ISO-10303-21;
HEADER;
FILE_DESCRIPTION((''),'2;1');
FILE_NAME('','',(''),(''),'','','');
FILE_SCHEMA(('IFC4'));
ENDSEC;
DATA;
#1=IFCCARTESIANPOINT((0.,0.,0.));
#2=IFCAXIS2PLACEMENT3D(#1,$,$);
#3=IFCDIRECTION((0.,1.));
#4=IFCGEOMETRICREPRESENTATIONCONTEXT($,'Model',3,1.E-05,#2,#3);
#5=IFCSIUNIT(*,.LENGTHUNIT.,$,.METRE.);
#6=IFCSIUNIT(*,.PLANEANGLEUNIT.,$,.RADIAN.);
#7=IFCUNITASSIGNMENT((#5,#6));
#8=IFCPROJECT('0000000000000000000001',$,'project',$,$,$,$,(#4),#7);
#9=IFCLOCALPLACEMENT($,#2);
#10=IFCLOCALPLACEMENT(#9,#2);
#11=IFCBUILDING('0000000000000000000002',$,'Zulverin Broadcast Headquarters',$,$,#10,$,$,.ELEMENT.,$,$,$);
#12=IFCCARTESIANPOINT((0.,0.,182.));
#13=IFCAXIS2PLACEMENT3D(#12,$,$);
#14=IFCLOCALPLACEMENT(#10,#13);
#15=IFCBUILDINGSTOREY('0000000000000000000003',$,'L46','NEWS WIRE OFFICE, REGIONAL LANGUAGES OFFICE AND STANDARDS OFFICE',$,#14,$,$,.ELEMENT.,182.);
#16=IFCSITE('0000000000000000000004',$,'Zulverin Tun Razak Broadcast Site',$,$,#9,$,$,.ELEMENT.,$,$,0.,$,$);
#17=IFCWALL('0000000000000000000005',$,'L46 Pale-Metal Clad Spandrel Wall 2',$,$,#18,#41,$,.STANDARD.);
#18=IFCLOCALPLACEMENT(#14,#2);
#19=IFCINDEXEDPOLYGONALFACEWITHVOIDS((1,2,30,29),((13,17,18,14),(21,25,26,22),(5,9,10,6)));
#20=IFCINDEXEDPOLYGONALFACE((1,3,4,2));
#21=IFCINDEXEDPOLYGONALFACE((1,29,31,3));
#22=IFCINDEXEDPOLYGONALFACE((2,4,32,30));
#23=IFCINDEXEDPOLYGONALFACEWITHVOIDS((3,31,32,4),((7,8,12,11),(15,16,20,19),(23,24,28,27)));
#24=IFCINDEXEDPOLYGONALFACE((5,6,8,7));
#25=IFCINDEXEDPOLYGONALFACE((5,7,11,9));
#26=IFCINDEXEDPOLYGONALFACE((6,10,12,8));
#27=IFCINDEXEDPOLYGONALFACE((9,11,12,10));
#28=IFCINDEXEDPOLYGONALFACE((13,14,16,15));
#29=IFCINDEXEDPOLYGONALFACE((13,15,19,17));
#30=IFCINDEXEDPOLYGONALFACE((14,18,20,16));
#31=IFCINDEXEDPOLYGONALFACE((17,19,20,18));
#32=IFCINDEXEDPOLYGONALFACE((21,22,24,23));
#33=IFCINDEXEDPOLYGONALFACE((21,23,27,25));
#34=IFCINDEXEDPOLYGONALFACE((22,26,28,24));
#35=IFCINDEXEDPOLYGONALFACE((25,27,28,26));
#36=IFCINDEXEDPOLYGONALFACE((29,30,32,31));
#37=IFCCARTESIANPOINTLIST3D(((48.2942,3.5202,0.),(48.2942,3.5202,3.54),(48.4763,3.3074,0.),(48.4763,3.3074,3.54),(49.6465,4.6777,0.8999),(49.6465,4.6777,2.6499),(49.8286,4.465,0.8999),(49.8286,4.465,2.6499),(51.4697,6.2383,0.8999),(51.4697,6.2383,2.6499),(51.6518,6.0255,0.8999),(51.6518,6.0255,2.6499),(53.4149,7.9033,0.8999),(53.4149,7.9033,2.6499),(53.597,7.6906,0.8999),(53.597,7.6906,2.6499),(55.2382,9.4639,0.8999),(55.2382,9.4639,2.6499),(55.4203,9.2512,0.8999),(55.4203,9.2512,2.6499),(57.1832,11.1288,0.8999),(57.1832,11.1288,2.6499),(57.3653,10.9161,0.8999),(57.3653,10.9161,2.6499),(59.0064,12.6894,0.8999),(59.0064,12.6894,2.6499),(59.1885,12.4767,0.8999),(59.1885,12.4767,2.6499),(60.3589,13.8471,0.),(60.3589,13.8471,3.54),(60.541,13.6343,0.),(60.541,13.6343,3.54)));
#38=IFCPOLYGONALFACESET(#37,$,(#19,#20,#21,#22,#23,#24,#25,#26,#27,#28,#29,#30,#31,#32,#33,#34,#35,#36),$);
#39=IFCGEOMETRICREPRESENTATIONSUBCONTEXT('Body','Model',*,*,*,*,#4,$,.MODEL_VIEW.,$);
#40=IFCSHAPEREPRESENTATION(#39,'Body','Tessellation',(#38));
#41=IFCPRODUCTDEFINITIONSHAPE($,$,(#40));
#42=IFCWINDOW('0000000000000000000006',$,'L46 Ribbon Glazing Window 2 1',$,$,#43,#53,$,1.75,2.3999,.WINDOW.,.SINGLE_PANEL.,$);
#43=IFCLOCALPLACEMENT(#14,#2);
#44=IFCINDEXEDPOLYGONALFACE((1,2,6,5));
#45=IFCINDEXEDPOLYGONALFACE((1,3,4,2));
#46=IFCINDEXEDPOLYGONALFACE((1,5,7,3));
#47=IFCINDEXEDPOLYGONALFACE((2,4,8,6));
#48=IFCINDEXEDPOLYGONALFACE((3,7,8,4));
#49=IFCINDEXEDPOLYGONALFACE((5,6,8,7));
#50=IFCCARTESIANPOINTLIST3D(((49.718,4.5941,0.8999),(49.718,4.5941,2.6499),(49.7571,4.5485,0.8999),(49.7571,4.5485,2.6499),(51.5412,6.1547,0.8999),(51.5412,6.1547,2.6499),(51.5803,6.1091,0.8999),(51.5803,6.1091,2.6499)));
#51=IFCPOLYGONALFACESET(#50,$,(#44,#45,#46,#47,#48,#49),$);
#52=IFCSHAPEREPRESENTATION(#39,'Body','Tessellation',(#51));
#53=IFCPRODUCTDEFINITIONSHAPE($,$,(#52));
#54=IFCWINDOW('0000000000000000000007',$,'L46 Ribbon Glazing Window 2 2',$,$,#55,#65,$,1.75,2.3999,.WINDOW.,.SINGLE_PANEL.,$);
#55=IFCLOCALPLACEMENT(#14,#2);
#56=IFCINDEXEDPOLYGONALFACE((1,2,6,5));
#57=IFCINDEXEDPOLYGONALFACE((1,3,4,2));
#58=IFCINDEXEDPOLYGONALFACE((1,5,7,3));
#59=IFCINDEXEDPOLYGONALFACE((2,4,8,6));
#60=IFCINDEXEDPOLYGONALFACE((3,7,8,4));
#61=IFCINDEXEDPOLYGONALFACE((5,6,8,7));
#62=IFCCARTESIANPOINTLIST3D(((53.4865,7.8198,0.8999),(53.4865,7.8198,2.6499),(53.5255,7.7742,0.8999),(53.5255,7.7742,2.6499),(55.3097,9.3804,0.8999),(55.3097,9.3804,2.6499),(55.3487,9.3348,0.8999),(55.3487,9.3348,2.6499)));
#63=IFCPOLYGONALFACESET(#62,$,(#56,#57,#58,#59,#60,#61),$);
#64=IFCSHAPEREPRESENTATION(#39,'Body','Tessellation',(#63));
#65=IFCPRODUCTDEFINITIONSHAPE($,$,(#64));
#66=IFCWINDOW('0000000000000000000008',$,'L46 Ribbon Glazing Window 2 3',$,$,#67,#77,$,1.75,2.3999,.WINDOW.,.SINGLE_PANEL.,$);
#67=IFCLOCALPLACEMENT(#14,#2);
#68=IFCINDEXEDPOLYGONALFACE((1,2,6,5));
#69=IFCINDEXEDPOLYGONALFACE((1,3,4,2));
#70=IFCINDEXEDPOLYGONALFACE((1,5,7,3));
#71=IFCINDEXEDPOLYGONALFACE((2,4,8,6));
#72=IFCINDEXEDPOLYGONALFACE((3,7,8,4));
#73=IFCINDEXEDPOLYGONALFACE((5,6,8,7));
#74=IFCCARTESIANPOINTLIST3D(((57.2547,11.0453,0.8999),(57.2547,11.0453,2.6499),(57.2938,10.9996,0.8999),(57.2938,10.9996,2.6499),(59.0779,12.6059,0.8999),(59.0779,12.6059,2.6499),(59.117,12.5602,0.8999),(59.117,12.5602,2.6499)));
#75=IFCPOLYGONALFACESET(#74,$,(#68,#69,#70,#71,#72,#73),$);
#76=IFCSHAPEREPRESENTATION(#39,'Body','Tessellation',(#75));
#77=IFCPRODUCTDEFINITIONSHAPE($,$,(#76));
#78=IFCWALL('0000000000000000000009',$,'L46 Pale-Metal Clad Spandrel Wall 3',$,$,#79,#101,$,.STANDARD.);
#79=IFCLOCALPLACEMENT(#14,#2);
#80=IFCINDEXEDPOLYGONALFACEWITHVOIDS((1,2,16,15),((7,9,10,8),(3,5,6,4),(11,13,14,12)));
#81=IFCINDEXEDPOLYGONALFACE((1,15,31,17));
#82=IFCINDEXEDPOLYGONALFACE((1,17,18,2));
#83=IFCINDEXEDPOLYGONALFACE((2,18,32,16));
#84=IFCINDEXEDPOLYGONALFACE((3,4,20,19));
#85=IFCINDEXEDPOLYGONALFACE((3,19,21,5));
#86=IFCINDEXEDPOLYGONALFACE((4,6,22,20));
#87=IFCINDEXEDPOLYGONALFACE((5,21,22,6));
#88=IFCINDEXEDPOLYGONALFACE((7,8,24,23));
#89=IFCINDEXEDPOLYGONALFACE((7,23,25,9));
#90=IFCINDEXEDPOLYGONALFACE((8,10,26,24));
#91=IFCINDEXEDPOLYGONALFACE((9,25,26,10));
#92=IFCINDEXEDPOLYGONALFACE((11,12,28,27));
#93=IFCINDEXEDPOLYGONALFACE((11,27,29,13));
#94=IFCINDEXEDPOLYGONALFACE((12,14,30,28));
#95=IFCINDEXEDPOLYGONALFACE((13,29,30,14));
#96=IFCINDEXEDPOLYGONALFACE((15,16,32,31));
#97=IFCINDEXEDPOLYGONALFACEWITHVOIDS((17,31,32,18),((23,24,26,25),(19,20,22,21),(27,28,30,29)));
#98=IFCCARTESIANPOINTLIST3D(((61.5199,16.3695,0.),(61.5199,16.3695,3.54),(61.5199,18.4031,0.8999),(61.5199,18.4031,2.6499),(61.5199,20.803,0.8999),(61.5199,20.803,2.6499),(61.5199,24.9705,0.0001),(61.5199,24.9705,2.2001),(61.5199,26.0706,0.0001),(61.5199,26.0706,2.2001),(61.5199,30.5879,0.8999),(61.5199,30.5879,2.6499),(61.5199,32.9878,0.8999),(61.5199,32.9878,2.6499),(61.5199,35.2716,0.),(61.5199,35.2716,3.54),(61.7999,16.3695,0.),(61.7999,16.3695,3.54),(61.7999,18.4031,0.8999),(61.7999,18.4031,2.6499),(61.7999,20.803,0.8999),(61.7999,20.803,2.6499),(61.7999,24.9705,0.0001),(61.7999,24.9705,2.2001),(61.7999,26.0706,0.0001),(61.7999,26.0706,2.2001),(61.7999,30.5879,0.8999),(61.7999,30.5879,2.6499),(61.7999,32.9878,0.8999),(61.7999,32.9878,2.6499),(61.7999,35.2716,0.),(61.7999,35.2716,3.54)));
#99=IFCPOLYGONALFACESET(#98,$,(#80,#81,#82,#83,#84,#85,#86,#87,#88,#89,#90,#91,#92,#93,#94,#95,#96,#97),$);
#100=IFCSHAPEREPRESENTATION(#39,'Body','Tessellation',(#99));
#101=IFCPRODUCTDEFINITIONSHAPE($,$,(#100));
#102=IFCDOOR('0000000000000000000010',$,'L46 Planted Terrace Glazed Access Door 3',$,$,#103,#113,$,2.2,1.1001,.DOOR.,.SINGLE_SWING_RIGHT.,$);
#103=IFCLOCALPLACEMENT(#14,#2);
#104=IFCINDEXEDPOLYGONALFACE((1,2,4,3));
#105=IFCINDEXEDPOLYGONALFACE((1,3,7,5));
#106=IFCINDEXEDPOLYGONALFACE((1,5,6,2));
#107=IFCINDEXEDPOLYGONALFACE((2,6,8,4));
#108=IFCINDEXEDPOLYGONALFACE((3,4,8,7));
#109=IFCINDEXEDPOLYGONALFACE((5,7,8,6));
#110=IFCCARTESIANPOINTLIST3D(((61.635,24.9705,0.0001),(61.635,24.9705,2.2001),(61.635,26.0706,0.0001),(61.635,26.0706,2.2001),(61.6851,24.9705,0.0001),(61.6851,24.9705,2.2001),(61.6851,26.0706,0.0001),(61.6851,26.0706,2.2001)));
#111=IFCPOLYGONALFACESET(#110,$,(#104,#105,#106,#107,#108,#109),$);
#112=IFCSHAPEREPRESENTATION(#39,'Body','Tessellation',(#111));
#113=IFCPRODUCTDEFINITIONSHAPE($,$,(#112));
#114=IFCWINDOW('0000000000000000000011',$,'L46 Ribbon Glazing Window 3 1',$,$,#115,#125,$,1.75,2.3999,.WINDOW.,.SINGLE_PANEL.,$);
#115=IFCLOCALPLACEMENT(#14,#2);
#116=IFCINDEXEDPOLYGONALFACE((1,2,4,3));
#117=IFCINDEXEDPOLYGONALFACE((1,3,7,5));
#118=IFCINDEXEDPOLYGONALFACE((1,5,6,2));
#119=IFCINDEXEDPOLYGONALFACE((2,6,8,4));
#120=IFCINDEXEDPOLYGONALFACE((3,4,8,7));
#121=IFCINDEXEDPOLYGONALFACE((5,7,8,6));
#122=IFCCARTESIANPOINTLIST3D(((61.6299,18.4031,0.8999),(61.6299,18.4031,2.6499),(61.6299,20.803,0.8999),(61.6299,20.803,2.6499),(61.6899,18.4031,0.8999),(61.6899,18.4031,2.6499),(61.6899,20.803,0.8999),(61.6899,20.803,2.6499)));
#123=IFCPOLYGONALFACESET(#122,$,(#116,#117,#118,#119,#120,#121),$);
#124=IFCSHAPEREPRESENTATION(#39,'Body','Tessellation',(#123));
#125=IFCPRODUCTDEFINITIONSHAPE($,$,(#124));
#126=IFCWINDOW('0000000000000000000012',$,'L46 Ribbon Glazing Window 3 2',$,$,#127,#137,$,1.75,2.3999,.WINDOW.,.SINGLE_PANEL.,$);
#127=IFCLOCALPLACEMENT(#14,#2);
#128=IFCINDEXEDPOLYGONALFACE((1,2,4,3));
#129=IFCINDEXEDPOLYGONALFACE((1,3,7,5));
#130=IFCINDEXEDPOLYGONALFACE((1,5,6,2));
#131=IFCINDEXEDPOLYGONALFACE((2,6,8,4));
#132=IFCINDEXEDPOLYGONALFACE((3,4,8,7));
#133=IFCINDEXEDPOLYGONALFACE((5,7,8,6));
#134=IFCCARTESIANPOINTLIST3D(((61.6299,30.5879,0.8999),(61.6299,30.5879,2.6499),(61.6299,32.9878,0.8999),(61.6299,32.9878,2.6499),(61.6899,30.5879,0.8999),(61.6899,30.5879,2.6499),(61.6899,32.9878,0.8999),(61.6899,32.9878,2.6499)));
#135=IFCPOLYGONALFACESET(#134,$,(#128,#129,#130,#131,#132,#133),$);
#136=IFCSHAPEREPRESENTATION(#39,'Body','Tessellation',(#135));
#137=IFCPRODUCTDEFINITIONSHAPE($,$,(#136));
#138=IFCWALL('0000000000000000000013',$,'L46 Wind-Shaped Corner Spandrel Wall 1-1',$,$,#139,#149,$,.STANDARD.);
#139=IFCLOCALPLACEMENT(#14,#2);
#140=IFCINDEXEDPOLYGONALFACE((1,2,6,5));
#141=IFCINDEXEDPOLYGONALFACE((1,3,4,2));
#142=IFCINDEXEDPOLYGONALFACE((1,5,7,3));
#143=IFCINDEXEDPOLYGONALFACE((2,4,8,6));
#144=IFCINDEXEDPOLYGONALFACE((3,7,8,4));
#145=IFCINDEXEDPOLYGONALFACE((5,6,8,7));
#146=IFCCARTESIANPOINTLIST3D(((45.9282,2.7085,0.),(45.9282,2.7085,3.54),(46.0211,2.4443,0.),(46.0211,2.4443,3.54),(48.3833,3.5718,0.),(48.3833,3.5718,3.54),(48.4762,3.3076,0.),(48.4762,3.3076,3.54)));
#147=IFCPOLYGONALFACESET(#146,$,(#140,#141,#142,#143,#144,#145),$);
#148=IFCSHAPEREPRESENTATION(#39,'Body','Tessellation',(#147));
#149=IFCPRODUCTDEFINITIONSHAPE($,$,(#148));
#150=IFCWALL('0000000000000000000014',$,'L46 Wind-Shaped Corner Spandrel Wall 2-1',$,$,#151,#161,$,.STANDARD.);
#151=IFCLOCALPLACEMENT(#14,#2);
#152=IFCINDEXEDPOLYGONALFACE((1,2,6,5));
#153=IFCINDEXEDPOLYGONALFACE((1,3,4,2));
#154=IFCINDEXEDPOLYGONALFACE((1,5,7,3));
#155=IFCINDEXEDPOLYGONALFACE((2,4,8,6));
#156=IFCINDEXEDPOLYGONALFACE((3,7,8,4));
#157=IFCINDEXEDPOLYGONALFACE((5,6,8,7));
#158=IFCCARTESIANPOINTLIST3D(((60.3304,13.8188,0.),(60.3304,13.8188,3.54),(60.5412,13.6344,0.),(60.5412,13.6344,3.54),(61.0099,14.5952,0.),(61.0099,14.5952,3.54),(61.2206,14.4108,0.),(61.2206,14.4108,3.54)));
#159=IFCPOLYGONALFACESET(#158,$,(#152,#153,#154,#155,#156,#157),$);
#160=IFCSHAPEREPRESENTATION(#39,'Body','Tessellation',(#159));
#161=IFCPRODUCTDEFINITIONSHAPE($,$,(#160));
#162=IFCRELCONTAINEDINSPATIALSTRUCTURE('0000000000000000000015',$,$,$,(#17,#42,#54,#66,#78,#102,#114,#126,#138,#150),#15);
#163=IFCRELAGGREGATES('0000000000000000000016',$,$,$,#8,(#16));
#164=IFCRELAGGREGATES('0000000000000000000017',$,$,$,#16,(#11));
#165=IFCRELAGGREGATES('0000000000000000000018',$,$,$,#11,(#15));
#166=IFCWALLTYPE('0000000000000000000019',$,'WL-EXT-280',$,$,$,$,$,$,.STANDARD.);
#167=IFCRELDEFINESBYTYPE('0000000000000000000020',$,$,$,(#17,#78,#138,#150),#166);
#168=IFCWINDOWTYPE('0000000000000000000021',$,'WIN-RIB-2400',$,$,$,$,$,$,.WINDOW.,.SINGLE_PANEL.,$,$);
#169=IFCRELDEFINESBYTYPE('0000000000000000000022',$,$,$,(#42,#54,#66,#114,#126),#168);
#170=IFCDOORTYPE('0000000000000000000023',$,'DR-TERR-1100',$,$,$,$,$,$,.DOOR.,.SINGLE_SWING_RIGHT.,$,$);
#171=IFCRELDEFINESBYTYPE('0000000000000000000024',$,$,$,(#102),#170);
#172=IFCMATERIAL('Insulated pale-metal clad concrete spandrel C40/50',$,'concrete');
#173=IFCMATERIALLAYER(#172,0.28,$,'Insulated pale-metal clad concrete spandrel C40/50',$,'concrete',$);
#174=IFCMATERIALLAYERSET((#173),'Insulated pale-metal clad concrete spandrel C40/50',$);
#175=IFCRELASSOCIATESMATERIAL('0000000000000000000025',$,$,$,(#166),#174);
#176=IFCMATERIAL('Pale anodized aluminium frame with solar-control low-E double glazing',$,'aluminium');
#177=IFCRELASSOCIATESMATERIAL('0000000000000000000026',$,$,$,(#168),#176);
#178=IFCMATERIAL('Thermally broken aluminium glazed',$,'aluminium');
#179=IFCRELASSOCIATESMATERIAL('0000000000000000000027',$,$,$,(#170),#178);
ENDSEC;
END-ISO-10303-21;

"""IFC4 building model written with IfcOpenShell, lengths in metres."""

from ifc_helpers import new_model, si_unit, direction, frame, frame_2d, origin, place, context, subcontext, project, spatial, rectangle, extrude, material, layer, layer_set, type_object, element, fill, save


model = new_model("IFC4")

# Units and contexts
model_context = context("Model", 3, precision=1e-05, world=origin(), true_north=direction((0.0, 1.0)))
body_context = subcontext(model_context, "Body", "Model", "MODEL_VIEW")
ifc_project = project(units=[si_unit("LENGTHUNIT", "METRE"), si_unit("PLANEANGLEUNIT", "RADIAN")], contexts=[model_context])

# Site, building, storey
site_placement = place(None, origin())
site = spatial("IfcSite", under=ifc_project, at=site_placement, Name="Zulverin Tun Razak Broadcast Site", CompositionType="ELEMENT", RefElevation=0.0)
building_placement = place(site_placement, origin())
building = spatial("IfcBuilding", under=site, at=building_placement, Name="Zulverin Broadcast Headquarters", CompositionType="ELEMENT")
storey_placement = place(building_placement, frame((0.0, 0.0, 182.0)))
storey = spatial("IfcBuildingStorey", under=building, at=storey_placement, Name="L46", Description="NEWS WIRE OFFICE, REGIONAL LANGUAGES OFFICE AND STANDARDS OFFICE", CompositionType="ELEMENT", Elevation=182.0)

# Wall, openings, windows
ifc_material_1 = material(Name="Insulated pale-metal clad concrete spandrel C40/50", Category="concrete")
ifc_layer_1 = layer(ifc_material_1, 0.28, Name="Insulated pale-metal clad concrete spandrel C40/50", Category="concrete")
ifc_layer_set_1 = layer_set([ifc_layer_1], Name="Insulated pale-metal clad concrete spandrel C40/50")
wall_type_1 = type_object("IfcWallType", Name="WL-EXT-280", PredefinedType="STANDARD", material=ifc_layer_set_1)
wall_1_placement = place(storey_placement, frame((48.3853, 3.4138, 0.0), z_axis=(0.0, 0.0, 1.0), x_axis=(0.7597, 0.650273, 0.0)))
wall_1 = element("IfcWall", 1, at=wall_1_placement, inside=storey, type_object=wall_type_1, Name="L46 Pale-Metal Clad Spandrel Wall 2", PredefinedType="STANDARD", context=body_context, shape_type="SweptSolid", body=[
    extrude(rectangle(XDim=15.8809, YDim=0.28, at=frame_2d((7.9404, 0.0))), origin(), (0.0, 0.0, 1.0), 3.54),
])
opening_1_placement = place(wall_1_placement, frame((1.78, 0.0, 0.8999)))
opening_1 = element("IfcOpeningElement", 2, at=opening_1_placement, cuts=wall_1, PredefinedType="OPENING", context=body_context, shape_type="SweptSolid", body=[
    extrude(rectangle(XDim=2.3999, YDim=1.75, at=frame_2d((1.2, 0.875))), frame((0.0, 0.1499, 0.0), z_axis=(0.0, -1.0, 0.0), x_axis=(1.0, 0.0, 0.0)), (0.0, 0.0, 1.0), 0.3),
])
opening_2_placement = place(wall_1_placement, frame((6.7405, 0.0, 0.8999)))
opening_2 = element("IfcOpeningElement", 3, at=opening_2_placement, cuts=wall_1, PredefinedType="OPENING", context=body_context, shape_type="SweptSolid", body=[
    extrude(rectangle(XDim=2.3999, YDim=1.75, at=frame_2d((1.2, 0.875))), frame((0.0, 0.1499, 0.0), z_axis=(0.0, -1.0, 0.0), x_axis=(1.0, 0.0, 0.0)), (0.0, 0.0, 1.0), 0.3),
])
opening_3_placement = place(wall_1_placement, frame((11.7007, 0.0, 0.8999)))
opening_3 = element("IfcOpeningElement", 4, at=opening_3_placement, cuts=wall_1, PredefinedType="OPENING", context=body_context, shape_type="SweptSolid", body=[
    extrude(rectangle(XDim=2.3999, YDim=1.75, at=frame_2d((1.2, 0.875))), frame((0.0, 0.1499, 0.0), z_axis=(0.0, -1.0, 0.0), x_axis=(1.0, 0.0, 0.0)), (0.0, 0.0, 1.0), 0.3),
])
ifc_material_2 = material(Name="Pale anodized aluminium frame with solar-control low-E double glazing", Category="aluminium")
window_type = type_object("IfcWindowType", Name="WIN-RIB-2400", PartitioningType="SINGLE_PANEL", PredefinedType="WINDOW", material=ifc_material_2)
window_1_placement = place(opening_1_placement, origin())
window_1 = element("IfcWindow", 5, at=window_1_placement, inside=storey, type_object=window_type, Name="L46 Ribbon Glazing Window 2 1", OverallHeight=1.75, OverallWidth=2.3999, PartitioningType="SINGLE_PANEL", PredefinedType="WINDOW", context=body_context, shape_type="SweptSolid", body=[
    extrude(rectangle(XDim=2.3999, YDim=1.75, at=frame_2d((1.2, 0.875))), frame((0.0, 0.03, 0.0), z_axis=(0.0, -1.0, 0.0), x_axis=(1.0, 0.0, 0.0)), (0.0, 0.0, 1.0), 0.0601),
])
fill(opening_1, window_1)
window_2_placement = place(opening_2_placement, origin())
window_2 = element("IfcWindow", 6, at=window_2_placement, inside=storey, type_object=window_type, Name="L46 Ribbon Glazing Window 2 2", OverallHeight=1.75, OverallWidth=2.3999, PartitioningType="SINGLE_PANEL", PredefinedType="WINDOW", context=body_context, shape_type="SweptSolid", body=[
    extrude(rectangle(XDim=2.3999, YDim=1.75, at=frame_2d((1.2, 0.875))), frame((0.0, 0.03, 0.0), z_axis=(0.0, -1.0, 0.0), x_axis=(1.0, 0.0, 0.0)), (0.0, 0.0, 1.0), 0.0601),
])
fill(opening_2, window_2)
window_3_placement = place(opening_3_placement, origin())
window_3 = element("IfcWindow", 7, at=window_3_placement, inside=storey, type_object=window_type, Name="L46 Ribbon Glazing Window 2 3", OverallHeight=1.75, OverallWidth=2.3999, PartitioningType="SINGLE_PANEL", PredefinedType="WINDOW", context=body_context, shape_type="SweptSolid", body=[
    extrude(rectangle(XDim=2.3999, YDim=1.75, at=frame_2d((1.2, 0.875))), frame((0.0, 0.03, 0.0), z_axis=(0.0, -1.0, 0.0), x_axis=(1.0, 0.0, 0.0)), (0.0, 0.0, 1.0), 0.0601),
])
fill(opening_3, window_3)

# Wall, openings, door, windows
wall_2_placement = place(storey_placement, frame((61.6599, 16.3694, 0.0), z_axis=(0.0, 0.0, 1.0), x_axis=(0.0, 1.0, 0.0)))
wall_2 = element("IfcWall", 8, at=wall_2_placement, inside=storey, type_object=wall_type_1, Name="L46 Pale-Metal Clad Spandrel Wall 3", PredefinedType="STANDARD", context=body_context, shape_type="SweptSolid", body=[
    extrude(rectangle(XDim=18.9021, YDim=0.28, at=frame_2d((9.4512, 0.0))), origin(), (0.0, 0.0, 1.0), 3.54),
])
opening_4_placement = place(wall_2_placement, frame((8.6011, 0.0, 0.0)))
opening_4 = element("IfcOpeningElement", 9, at=opening_4_placement, cuts=wall_2, PredefinedType="OPENING", context=body_context, shape_type="SweptSolid", body=[
    extrude(rectangle(XDim=1.1001, YDim=2.2, at=frame_2d((0.55, 1.1001))), frame((0.0, 0.1499, 0.0), z_axis=(0.0, -1.0, 0.0), x_axis=(1.0, 0.0, 0.0)), (0.0, 0.0, 1.0), 0.3),
])
opening_5_placement = place(wall_2_placement, frame((2.0337, 0.0, 0.8999)))
opening_5 = element("IfcOpeningElement", 10, at=opening_5_placement, cuts=wall_2, PredefinedType="OPENING", context=body_context, shape_type="SweptSolid", body=[
    extrude(rectangle(XDim=2.3999, YDim=1.75, at=frame_2d((1.2, 0.875))), frame((0.0, 0.1499, 0.0), z_axis=(0.0, -1.0, 0.0), x_axis=(1.0, 0.0, 0.0)), (0.0, 0.0, 1.0), 0.3),
])
opening_6_placement = place(wall_2_placement, frame((14.2185, 0.0, 0.8999)))
opening_6 = element("IfcOpeningElement", 11, at=opening_6_placement, cuts=wall_2, PredefinedType="OPENING", context=body_context, shape_type="SweptSolid", body=[
    extrude(rectangle(XDim=2.3999, YDim=1.75, at=frame_2d((1.2, 0.875))), frame((0.0, 0.1499, 0.0), z_axis=(0.0, -1.0, 0.0), x_axis=(1.0, 0.0, 0.0)), (0.0, 0.0, 1.0), 0.3),
])
ifc_material_3 = material(Name="Thermally broken aluminium glazed", Category="aluminium")
door_type_1 = type_object("IfcDoorType", Name="DR-TERR-1100", OperationType="SINGLE_SWING_RIGHT", PredefinedType="DOOR", material=ifc_material_3)
door_1_placement = place(opening_4_placement, origin())
door_1 = element("IfcDoor", 12, at=door_1_placement, inside=storey, type_object=door_type_1, Name="L46 Planted Terrace Glazed Access Door 3", OperationType="SINGLE_SWING_RIGHT", OverallHeight=2.2, OverallWidth=1.1001, PredefinedType="DOOR", context=body_context, shape_type="SweptSolid", body=[
    extrude(rectangle(XDim=1.1001, YDim=2.2, at=frame_2d((0.55, 1.1001))), frame((0.0, 0.0249, 0.0), z_axis=(0.0, -1.0, 0.0), x_axis=(1.0, 0.0, 0.0)), (0.0, 0.0, 1.0), 0.05),
])
fill(opening_4, door_1)
window_4_placement = place(opening_5_placement, origin())
window_4 = element("IfcWindow", 13, at=window_4_placement, inside=storey, type_object=window_type, Name="L46 Ribbon Glazing Window 3 1", OverallHeight=1.75, OverallWidth=2.3999, PartitioningType="SINGLE_PANEL", PredefinedType="WINDOW", context=body_context, shape_type="SweptSolid", body=[
    extrude(rectangle(XDim=2.3999, YDim=1.75, at=frame_2d((1.2, 0.875))), frame((0.0, 0.03, 0.0), z_axis=(0.0, -1.0, 0.0), x_axis=(1.0, 0.0, 0.0)), (0.0, 0.0, 1.0), 0.0601),
])
fill(opening_5, window_4)
window_5_placement = place(opening_6_placement, origin())
window_5 = element("IfcWindow", 14, at=window_5_placement, inside=storey, type_object=window_type, Name="L46 Ribbon Glazing Window 3 2", OverallHeight=1.75, OverallWidth=2.3999, PartitioningType="SINGLE_PANEL", PredefinedType="WINDOW", context=body_context, shape_type="SweptSolid", body=[
    extrude(rectangle(XDim=2.3999, YDim=1.75, at=frame_2d((1.2, 0.875))), frame((0.0, 0.03, 0.0), z_axis=(0.0, -1.0, 0.0), x_axis=(1.0, 0.0, 0.0)), (0.0, 0.0, 1.0), 0.0601),
])
fill(opening_6, window_5)

# Walls
wall_3_placement = place(storey_placement, frame((45.9746, 2.5764, 0.0), z_axis=(0.0, 0.0, 1.0), x_axis=(0.943378, 0.331721, 0.0)))
element("IfcWall", 15, at=wall_3_placement, inside=storey, type_object=wall_type_1, Name="L46 Wind-Shaped Corner Spandrel Wall 1-1", PredefinedType="STANDARD", context=body_context, shape_type="SweptSolid", body=[
    extrude(rectangle(XDim=2.6025, YDim=0.28, at=frame_2d((1.3013, 0.0))), origin(), (0.0, 0.0, 1.0), 3.54),
])
wall_4_placement = place(storey_placement, frame((60.4358, 13.7266, 0.0), z_axis=(0.0, 0.0, 1.0), x_axis=(0.658572, 0.752518, 0.0)))
element("IfcWall", 16, at=wall_4_placement, inside=storey, type_object=wall_type_1, Name="L46 Wind-Shaped Corner Spandrel Wall 2-1", PredefinedType="STANDARD", context=body_context, shape_type="SweptSolid", body=[
    extrude(rectangle(XDim=1.0317, YDim=0.28, at=frame_2d((0.5159, 0.0))), origin(), (0.0, 0.0, 1.0), 3.54),
])

save(model, "model.ifc")
